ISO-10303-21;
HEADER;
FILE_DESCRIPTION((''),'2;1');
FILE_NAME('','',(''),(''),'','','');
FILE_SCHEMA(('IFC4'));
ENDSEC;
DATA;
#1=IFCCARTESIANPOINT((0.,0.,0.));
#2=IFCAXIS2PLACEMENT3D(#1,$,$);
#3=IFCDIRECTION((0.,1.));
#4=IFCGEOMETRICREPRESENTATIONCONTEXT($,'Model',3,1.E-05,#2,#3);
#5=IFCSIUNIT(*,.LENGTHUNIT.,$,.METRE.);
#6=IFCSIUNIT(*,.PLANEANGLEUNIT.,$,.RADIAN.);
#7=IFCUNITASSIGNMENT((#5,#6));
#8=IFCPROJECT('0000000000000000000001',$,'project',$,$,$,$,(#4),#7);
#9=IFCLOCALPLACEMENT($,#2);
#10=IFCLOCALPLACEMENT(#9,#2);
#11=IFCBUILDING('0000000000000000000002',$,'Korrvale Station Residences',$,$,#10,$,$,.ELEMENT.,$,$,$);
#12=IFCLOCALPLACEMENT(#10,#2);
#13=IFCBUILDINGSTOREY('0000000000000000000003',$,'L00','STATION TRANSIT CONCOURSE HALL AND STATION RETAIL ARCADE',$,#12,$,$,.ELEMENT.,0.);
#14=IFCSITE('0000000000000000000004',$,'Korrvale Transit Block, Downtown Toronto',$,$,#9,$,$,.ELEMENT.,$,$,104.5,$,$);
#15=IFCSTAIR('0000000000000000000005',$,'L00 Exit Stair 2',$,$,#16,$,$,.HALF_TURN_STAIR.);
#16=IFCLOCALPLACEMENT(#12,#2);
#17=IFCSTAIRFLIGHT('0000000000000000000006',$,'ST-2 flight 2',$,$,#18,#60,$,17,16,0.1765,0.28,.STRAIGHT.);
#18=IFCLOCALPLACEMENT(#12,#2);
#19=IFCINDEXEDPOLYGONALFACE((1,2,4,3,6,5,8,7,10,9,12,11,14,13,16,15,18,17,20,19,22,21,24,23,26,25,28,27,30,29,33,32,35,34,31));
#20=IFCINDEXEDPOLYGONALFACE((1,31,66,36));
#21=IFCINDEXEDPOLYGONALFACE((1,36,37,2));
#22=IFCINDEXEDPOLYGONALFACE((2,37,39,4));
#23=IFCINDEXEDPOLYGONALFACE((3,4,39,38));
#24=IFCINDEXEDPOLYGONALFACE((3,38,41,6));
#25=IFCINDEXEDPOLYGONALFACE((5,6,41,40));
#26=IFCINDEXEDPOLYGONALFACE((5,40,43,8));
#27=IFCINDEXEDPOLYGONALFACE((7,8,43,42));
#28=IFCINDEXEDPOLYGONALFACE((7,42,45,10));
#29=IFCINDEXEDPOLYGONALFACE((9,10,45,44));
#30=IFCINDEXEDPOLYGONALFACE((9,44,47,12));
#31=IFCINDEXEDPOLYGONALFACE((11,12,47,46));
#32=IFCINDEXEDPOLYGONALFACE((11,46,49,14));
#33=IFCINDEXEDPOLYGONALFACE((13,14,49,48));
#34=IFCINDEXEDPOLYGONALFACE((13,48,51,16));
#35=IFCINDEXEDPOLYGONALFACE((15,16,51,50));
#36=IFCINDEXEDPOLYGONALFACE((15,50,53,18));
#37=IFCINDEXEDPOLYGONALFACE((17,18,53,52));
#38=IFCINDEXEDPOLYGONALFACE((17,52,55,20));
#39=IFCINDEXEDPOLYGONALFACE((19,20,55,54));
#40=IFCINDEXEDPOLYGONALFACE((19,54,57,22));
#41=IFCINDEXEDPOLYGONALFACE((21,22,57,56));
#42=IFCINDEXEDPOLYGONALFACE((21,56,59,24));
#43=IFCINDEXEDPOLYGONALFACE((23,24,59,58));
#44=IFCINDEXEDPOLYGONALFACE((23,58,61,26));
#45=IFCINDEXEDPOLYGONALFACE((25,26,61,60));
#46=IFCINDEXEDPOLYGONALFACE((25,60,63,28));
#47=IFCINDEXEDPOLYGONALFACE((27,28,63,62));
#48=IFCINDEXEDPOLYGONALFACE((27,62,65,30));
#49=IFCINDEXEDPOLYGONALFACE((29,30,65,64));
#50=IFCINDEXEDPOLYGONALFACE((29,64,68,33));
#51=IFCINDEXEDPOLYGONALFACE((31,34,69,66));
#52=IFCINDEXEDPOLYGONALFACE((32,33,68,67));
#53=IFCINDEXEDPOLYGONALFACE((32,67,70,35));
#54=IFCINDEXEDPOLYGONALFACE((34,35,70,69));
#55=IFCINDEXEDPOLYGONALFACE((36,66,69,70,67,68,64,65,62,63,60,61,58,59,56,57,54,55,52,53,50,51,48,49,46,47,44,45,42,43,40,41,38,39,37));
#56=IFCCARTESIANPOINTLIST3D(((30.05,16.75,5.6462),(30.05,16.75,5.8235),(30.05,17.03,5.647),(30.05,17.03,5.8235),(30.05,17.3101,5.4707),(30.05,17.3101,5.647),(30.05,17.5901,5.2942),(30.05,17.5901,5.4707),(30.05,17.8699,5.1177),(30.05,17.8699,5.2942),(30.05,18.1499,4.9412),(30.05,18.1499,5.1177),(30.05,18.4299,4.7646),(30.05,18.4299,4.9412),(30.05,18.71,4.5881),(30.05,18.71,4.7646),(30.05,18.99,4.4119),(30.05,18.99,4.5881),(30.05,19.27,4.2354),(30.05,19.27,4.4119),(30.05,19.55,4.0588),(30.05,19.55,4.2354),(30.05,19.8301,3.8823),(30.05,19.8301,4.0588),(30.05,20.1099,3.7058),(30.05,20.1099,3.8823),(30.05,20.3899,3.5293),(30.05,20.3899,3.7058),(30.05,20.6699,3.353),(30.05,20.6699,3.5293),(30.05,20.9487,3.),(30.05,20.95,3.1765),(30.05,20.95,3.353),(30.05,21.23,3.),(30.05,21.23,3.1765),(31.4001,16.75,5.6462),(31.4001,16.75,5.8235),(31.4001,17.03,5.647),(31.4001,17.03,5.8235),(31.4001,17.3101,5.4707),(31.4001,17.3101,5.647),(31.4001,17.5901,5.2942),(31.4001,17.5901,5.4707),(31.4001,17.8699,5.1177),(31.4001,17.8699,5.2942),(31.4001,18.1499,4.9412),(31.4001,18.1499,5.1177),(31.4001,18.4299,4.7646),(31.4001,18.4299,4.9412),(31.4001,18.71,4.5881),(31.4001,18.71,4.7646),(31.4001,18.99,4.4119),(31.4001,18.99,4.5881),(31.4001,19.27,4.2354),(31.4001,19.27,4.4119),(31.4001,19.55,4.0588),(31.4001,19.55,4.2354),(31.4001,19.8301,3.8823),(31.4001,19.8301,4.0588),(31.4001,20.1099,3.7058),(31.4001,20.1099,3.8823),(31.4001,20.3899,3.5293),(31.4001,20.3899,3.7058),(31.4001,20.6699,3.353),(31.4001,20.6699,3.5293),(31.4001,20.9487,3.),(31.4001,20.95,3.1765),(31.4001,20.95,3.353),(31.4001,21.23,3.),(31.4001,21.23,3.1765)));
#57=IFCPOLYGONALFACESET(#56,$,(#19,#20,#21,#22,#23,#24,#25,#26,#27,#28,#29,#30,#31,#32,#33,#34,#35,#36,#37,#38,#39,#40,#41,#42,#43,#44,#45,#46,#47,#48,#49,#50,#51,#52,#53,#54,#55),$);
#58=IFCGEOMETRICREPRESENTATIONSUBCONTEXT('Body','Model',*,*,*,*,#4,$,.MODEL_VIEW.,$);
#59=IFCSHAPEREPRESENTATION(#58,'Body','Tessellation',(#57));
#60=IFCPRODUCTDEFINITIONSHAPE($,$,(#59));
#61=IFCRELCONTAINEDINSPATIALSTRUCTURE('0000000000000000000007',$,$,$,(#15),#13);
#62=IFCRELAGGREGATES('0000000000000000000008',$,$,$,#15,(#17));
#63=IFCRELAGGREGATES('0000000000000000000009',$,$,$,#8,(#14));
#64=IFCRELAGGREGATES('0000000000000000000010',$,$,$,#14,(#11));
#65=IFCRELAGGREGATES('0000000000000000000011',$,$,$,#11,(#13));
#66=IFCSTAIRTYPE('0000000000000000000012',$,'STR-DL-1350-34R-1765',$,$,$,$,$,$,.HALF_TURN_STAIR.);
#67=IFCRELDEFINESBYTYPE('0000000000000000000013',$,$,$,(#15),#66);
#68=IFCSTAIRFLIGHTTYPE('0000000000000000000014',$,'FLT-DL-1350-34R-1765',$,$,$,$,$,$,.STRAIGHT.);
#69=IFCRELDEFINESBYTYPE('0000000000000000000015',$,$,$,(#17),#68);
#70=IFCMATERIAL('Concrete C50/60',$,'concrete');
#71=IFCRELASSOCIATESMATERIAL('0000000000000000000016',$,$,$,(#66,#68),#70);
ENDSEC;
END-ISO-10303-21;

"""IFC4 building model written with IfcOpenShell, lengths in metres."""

from ifc_helpers import new_model, si_unit, direction, frame, origin, place, context, subcontext, project, spatial, polyline, outline, extrude, material, type_object, element, aggregate, save


model = new_model("IFC4")

# Units and contexts
model_context = context("Model", 3, precision=1e-05, world=origin(), true_north=direction((0.0, 1.0)))
body_context = subcontext(model_context, "Body", "Model", "MODEL_VIEW")
ifc_project = project(units=[si_unit("LENGTHUNIT", "METRE"), si_unit("PLANEANGLEUNIT", "RADIAN")], contexts=[model_context])

# Site, building, storey
site_placement = place(None, origin())
site = spatial("IfcSite", under=ifc_project, at=site_placement, Name="Korrvale Transit Block, Downtown Toronto", CompositionType="ELEMENT", RefElevation=104.5)
building_placement = place(site_placement, origin())
building = spatial("IfcBuilding", under=site, at=building_placement, Name="Korrvale Station Residences", CompositionType="ELEMENT")
storey_placement = place(building_placement, origin())
storey = spatial("IfcBuildingStorey", under=building, at=storey_placement, Name="L00", Description="STATION TRANSIT CONCOURSE HALL AND STATION RETAIL ARCADE", CompositionType="ELEMENT", Elevation=0.0)

# Stair, stair flight
ifc_material_1 = material(Name="Concrete C50/60", Category="concrete")
stair_type = type_object("IfcStairType", Name="STR-DL-1350-34R-1765", PredefinedType="HALF_TURN_STAIR", material=ifc_material_1)
stair_placement = place(storey_placement, origin())
stair = element("IfcStair", 1, at=stair_placement, inside=storey, type_object=stair_type, Name="L00 Exit Stair 2", PredefinedType="HALF_TURN_STAIR")
stair_flight_type = type_object("IfcStairFlightType", Name="FLT-DL-1350-34R-1765", PredefinedType="STRAIGHT", material=ifc_material_1)
stair_flight_1_placement = place(storey_placement, frame((30.7251, 21.23, 3.0), z_axis=(0.0, 0.0, 1.0), x_axis=(0.0, -1.0, 0.0)))
stair_flight_1 = element("IfcStairFlight", 2, at=stair_flight_1_placement, type_object=stair_flight_type, Name="ST-2 flight 2", NumberOfRisers=17, NumberOfTreads=16, PredefinedType="STRAIGHT", RiserHeight=0.1765, TreadLength=0.28, context=body_context, shape_type="SweptSolid", body=[
    extrude(outline(polyline([(0.0, 0.0), (0.0, 0.1765), (0.28, 0.1765), (0.28, 0.353), (0.5601, 0.353), (0.5601, 0.5293), (0.8401, 0.5293), (0.8401, 0.7058), (1.1201, 0.7058), (1.1201, 0.8823), (1.3999, 0.8823), (1.3999, 1.0588), (1.6799, 1.0588), (1.6799, 1.2354), (1.96, 1.2354), (1.96, 1.4119), (2.24, 1.4119), (2.24, 1.5881), (2.52, 1.5881), (2.52, 1.7646), (2.8, 1.7646), (2.8, 1.9412), (3.0801, 1.9412), (3.0801, 2.1177), (3.3601, 2.1177), (3.3601, 2.2942), (3.6399, 2.2942), (3.6399, 2.4707), (3.9199, 2.4707), (3.9199, 2.647), (4.2, 2.647), (4.2, 2.8235), (4.48, 2.8235), (4.48, 3.0), (4.48, 2.6462), (0.2812, 0.0), (0.0, 0.0)])), frame((0.0, 0.675, 0.0), z_axis=(0.0, -1.0, 0.0), x_axis=(1.0, 0.0, 0.0)), (0.0, 0.0, 1.0), 1.3501),
])
aggregate(stair, [stair_flight_1])

save(model, "model.ifc")
